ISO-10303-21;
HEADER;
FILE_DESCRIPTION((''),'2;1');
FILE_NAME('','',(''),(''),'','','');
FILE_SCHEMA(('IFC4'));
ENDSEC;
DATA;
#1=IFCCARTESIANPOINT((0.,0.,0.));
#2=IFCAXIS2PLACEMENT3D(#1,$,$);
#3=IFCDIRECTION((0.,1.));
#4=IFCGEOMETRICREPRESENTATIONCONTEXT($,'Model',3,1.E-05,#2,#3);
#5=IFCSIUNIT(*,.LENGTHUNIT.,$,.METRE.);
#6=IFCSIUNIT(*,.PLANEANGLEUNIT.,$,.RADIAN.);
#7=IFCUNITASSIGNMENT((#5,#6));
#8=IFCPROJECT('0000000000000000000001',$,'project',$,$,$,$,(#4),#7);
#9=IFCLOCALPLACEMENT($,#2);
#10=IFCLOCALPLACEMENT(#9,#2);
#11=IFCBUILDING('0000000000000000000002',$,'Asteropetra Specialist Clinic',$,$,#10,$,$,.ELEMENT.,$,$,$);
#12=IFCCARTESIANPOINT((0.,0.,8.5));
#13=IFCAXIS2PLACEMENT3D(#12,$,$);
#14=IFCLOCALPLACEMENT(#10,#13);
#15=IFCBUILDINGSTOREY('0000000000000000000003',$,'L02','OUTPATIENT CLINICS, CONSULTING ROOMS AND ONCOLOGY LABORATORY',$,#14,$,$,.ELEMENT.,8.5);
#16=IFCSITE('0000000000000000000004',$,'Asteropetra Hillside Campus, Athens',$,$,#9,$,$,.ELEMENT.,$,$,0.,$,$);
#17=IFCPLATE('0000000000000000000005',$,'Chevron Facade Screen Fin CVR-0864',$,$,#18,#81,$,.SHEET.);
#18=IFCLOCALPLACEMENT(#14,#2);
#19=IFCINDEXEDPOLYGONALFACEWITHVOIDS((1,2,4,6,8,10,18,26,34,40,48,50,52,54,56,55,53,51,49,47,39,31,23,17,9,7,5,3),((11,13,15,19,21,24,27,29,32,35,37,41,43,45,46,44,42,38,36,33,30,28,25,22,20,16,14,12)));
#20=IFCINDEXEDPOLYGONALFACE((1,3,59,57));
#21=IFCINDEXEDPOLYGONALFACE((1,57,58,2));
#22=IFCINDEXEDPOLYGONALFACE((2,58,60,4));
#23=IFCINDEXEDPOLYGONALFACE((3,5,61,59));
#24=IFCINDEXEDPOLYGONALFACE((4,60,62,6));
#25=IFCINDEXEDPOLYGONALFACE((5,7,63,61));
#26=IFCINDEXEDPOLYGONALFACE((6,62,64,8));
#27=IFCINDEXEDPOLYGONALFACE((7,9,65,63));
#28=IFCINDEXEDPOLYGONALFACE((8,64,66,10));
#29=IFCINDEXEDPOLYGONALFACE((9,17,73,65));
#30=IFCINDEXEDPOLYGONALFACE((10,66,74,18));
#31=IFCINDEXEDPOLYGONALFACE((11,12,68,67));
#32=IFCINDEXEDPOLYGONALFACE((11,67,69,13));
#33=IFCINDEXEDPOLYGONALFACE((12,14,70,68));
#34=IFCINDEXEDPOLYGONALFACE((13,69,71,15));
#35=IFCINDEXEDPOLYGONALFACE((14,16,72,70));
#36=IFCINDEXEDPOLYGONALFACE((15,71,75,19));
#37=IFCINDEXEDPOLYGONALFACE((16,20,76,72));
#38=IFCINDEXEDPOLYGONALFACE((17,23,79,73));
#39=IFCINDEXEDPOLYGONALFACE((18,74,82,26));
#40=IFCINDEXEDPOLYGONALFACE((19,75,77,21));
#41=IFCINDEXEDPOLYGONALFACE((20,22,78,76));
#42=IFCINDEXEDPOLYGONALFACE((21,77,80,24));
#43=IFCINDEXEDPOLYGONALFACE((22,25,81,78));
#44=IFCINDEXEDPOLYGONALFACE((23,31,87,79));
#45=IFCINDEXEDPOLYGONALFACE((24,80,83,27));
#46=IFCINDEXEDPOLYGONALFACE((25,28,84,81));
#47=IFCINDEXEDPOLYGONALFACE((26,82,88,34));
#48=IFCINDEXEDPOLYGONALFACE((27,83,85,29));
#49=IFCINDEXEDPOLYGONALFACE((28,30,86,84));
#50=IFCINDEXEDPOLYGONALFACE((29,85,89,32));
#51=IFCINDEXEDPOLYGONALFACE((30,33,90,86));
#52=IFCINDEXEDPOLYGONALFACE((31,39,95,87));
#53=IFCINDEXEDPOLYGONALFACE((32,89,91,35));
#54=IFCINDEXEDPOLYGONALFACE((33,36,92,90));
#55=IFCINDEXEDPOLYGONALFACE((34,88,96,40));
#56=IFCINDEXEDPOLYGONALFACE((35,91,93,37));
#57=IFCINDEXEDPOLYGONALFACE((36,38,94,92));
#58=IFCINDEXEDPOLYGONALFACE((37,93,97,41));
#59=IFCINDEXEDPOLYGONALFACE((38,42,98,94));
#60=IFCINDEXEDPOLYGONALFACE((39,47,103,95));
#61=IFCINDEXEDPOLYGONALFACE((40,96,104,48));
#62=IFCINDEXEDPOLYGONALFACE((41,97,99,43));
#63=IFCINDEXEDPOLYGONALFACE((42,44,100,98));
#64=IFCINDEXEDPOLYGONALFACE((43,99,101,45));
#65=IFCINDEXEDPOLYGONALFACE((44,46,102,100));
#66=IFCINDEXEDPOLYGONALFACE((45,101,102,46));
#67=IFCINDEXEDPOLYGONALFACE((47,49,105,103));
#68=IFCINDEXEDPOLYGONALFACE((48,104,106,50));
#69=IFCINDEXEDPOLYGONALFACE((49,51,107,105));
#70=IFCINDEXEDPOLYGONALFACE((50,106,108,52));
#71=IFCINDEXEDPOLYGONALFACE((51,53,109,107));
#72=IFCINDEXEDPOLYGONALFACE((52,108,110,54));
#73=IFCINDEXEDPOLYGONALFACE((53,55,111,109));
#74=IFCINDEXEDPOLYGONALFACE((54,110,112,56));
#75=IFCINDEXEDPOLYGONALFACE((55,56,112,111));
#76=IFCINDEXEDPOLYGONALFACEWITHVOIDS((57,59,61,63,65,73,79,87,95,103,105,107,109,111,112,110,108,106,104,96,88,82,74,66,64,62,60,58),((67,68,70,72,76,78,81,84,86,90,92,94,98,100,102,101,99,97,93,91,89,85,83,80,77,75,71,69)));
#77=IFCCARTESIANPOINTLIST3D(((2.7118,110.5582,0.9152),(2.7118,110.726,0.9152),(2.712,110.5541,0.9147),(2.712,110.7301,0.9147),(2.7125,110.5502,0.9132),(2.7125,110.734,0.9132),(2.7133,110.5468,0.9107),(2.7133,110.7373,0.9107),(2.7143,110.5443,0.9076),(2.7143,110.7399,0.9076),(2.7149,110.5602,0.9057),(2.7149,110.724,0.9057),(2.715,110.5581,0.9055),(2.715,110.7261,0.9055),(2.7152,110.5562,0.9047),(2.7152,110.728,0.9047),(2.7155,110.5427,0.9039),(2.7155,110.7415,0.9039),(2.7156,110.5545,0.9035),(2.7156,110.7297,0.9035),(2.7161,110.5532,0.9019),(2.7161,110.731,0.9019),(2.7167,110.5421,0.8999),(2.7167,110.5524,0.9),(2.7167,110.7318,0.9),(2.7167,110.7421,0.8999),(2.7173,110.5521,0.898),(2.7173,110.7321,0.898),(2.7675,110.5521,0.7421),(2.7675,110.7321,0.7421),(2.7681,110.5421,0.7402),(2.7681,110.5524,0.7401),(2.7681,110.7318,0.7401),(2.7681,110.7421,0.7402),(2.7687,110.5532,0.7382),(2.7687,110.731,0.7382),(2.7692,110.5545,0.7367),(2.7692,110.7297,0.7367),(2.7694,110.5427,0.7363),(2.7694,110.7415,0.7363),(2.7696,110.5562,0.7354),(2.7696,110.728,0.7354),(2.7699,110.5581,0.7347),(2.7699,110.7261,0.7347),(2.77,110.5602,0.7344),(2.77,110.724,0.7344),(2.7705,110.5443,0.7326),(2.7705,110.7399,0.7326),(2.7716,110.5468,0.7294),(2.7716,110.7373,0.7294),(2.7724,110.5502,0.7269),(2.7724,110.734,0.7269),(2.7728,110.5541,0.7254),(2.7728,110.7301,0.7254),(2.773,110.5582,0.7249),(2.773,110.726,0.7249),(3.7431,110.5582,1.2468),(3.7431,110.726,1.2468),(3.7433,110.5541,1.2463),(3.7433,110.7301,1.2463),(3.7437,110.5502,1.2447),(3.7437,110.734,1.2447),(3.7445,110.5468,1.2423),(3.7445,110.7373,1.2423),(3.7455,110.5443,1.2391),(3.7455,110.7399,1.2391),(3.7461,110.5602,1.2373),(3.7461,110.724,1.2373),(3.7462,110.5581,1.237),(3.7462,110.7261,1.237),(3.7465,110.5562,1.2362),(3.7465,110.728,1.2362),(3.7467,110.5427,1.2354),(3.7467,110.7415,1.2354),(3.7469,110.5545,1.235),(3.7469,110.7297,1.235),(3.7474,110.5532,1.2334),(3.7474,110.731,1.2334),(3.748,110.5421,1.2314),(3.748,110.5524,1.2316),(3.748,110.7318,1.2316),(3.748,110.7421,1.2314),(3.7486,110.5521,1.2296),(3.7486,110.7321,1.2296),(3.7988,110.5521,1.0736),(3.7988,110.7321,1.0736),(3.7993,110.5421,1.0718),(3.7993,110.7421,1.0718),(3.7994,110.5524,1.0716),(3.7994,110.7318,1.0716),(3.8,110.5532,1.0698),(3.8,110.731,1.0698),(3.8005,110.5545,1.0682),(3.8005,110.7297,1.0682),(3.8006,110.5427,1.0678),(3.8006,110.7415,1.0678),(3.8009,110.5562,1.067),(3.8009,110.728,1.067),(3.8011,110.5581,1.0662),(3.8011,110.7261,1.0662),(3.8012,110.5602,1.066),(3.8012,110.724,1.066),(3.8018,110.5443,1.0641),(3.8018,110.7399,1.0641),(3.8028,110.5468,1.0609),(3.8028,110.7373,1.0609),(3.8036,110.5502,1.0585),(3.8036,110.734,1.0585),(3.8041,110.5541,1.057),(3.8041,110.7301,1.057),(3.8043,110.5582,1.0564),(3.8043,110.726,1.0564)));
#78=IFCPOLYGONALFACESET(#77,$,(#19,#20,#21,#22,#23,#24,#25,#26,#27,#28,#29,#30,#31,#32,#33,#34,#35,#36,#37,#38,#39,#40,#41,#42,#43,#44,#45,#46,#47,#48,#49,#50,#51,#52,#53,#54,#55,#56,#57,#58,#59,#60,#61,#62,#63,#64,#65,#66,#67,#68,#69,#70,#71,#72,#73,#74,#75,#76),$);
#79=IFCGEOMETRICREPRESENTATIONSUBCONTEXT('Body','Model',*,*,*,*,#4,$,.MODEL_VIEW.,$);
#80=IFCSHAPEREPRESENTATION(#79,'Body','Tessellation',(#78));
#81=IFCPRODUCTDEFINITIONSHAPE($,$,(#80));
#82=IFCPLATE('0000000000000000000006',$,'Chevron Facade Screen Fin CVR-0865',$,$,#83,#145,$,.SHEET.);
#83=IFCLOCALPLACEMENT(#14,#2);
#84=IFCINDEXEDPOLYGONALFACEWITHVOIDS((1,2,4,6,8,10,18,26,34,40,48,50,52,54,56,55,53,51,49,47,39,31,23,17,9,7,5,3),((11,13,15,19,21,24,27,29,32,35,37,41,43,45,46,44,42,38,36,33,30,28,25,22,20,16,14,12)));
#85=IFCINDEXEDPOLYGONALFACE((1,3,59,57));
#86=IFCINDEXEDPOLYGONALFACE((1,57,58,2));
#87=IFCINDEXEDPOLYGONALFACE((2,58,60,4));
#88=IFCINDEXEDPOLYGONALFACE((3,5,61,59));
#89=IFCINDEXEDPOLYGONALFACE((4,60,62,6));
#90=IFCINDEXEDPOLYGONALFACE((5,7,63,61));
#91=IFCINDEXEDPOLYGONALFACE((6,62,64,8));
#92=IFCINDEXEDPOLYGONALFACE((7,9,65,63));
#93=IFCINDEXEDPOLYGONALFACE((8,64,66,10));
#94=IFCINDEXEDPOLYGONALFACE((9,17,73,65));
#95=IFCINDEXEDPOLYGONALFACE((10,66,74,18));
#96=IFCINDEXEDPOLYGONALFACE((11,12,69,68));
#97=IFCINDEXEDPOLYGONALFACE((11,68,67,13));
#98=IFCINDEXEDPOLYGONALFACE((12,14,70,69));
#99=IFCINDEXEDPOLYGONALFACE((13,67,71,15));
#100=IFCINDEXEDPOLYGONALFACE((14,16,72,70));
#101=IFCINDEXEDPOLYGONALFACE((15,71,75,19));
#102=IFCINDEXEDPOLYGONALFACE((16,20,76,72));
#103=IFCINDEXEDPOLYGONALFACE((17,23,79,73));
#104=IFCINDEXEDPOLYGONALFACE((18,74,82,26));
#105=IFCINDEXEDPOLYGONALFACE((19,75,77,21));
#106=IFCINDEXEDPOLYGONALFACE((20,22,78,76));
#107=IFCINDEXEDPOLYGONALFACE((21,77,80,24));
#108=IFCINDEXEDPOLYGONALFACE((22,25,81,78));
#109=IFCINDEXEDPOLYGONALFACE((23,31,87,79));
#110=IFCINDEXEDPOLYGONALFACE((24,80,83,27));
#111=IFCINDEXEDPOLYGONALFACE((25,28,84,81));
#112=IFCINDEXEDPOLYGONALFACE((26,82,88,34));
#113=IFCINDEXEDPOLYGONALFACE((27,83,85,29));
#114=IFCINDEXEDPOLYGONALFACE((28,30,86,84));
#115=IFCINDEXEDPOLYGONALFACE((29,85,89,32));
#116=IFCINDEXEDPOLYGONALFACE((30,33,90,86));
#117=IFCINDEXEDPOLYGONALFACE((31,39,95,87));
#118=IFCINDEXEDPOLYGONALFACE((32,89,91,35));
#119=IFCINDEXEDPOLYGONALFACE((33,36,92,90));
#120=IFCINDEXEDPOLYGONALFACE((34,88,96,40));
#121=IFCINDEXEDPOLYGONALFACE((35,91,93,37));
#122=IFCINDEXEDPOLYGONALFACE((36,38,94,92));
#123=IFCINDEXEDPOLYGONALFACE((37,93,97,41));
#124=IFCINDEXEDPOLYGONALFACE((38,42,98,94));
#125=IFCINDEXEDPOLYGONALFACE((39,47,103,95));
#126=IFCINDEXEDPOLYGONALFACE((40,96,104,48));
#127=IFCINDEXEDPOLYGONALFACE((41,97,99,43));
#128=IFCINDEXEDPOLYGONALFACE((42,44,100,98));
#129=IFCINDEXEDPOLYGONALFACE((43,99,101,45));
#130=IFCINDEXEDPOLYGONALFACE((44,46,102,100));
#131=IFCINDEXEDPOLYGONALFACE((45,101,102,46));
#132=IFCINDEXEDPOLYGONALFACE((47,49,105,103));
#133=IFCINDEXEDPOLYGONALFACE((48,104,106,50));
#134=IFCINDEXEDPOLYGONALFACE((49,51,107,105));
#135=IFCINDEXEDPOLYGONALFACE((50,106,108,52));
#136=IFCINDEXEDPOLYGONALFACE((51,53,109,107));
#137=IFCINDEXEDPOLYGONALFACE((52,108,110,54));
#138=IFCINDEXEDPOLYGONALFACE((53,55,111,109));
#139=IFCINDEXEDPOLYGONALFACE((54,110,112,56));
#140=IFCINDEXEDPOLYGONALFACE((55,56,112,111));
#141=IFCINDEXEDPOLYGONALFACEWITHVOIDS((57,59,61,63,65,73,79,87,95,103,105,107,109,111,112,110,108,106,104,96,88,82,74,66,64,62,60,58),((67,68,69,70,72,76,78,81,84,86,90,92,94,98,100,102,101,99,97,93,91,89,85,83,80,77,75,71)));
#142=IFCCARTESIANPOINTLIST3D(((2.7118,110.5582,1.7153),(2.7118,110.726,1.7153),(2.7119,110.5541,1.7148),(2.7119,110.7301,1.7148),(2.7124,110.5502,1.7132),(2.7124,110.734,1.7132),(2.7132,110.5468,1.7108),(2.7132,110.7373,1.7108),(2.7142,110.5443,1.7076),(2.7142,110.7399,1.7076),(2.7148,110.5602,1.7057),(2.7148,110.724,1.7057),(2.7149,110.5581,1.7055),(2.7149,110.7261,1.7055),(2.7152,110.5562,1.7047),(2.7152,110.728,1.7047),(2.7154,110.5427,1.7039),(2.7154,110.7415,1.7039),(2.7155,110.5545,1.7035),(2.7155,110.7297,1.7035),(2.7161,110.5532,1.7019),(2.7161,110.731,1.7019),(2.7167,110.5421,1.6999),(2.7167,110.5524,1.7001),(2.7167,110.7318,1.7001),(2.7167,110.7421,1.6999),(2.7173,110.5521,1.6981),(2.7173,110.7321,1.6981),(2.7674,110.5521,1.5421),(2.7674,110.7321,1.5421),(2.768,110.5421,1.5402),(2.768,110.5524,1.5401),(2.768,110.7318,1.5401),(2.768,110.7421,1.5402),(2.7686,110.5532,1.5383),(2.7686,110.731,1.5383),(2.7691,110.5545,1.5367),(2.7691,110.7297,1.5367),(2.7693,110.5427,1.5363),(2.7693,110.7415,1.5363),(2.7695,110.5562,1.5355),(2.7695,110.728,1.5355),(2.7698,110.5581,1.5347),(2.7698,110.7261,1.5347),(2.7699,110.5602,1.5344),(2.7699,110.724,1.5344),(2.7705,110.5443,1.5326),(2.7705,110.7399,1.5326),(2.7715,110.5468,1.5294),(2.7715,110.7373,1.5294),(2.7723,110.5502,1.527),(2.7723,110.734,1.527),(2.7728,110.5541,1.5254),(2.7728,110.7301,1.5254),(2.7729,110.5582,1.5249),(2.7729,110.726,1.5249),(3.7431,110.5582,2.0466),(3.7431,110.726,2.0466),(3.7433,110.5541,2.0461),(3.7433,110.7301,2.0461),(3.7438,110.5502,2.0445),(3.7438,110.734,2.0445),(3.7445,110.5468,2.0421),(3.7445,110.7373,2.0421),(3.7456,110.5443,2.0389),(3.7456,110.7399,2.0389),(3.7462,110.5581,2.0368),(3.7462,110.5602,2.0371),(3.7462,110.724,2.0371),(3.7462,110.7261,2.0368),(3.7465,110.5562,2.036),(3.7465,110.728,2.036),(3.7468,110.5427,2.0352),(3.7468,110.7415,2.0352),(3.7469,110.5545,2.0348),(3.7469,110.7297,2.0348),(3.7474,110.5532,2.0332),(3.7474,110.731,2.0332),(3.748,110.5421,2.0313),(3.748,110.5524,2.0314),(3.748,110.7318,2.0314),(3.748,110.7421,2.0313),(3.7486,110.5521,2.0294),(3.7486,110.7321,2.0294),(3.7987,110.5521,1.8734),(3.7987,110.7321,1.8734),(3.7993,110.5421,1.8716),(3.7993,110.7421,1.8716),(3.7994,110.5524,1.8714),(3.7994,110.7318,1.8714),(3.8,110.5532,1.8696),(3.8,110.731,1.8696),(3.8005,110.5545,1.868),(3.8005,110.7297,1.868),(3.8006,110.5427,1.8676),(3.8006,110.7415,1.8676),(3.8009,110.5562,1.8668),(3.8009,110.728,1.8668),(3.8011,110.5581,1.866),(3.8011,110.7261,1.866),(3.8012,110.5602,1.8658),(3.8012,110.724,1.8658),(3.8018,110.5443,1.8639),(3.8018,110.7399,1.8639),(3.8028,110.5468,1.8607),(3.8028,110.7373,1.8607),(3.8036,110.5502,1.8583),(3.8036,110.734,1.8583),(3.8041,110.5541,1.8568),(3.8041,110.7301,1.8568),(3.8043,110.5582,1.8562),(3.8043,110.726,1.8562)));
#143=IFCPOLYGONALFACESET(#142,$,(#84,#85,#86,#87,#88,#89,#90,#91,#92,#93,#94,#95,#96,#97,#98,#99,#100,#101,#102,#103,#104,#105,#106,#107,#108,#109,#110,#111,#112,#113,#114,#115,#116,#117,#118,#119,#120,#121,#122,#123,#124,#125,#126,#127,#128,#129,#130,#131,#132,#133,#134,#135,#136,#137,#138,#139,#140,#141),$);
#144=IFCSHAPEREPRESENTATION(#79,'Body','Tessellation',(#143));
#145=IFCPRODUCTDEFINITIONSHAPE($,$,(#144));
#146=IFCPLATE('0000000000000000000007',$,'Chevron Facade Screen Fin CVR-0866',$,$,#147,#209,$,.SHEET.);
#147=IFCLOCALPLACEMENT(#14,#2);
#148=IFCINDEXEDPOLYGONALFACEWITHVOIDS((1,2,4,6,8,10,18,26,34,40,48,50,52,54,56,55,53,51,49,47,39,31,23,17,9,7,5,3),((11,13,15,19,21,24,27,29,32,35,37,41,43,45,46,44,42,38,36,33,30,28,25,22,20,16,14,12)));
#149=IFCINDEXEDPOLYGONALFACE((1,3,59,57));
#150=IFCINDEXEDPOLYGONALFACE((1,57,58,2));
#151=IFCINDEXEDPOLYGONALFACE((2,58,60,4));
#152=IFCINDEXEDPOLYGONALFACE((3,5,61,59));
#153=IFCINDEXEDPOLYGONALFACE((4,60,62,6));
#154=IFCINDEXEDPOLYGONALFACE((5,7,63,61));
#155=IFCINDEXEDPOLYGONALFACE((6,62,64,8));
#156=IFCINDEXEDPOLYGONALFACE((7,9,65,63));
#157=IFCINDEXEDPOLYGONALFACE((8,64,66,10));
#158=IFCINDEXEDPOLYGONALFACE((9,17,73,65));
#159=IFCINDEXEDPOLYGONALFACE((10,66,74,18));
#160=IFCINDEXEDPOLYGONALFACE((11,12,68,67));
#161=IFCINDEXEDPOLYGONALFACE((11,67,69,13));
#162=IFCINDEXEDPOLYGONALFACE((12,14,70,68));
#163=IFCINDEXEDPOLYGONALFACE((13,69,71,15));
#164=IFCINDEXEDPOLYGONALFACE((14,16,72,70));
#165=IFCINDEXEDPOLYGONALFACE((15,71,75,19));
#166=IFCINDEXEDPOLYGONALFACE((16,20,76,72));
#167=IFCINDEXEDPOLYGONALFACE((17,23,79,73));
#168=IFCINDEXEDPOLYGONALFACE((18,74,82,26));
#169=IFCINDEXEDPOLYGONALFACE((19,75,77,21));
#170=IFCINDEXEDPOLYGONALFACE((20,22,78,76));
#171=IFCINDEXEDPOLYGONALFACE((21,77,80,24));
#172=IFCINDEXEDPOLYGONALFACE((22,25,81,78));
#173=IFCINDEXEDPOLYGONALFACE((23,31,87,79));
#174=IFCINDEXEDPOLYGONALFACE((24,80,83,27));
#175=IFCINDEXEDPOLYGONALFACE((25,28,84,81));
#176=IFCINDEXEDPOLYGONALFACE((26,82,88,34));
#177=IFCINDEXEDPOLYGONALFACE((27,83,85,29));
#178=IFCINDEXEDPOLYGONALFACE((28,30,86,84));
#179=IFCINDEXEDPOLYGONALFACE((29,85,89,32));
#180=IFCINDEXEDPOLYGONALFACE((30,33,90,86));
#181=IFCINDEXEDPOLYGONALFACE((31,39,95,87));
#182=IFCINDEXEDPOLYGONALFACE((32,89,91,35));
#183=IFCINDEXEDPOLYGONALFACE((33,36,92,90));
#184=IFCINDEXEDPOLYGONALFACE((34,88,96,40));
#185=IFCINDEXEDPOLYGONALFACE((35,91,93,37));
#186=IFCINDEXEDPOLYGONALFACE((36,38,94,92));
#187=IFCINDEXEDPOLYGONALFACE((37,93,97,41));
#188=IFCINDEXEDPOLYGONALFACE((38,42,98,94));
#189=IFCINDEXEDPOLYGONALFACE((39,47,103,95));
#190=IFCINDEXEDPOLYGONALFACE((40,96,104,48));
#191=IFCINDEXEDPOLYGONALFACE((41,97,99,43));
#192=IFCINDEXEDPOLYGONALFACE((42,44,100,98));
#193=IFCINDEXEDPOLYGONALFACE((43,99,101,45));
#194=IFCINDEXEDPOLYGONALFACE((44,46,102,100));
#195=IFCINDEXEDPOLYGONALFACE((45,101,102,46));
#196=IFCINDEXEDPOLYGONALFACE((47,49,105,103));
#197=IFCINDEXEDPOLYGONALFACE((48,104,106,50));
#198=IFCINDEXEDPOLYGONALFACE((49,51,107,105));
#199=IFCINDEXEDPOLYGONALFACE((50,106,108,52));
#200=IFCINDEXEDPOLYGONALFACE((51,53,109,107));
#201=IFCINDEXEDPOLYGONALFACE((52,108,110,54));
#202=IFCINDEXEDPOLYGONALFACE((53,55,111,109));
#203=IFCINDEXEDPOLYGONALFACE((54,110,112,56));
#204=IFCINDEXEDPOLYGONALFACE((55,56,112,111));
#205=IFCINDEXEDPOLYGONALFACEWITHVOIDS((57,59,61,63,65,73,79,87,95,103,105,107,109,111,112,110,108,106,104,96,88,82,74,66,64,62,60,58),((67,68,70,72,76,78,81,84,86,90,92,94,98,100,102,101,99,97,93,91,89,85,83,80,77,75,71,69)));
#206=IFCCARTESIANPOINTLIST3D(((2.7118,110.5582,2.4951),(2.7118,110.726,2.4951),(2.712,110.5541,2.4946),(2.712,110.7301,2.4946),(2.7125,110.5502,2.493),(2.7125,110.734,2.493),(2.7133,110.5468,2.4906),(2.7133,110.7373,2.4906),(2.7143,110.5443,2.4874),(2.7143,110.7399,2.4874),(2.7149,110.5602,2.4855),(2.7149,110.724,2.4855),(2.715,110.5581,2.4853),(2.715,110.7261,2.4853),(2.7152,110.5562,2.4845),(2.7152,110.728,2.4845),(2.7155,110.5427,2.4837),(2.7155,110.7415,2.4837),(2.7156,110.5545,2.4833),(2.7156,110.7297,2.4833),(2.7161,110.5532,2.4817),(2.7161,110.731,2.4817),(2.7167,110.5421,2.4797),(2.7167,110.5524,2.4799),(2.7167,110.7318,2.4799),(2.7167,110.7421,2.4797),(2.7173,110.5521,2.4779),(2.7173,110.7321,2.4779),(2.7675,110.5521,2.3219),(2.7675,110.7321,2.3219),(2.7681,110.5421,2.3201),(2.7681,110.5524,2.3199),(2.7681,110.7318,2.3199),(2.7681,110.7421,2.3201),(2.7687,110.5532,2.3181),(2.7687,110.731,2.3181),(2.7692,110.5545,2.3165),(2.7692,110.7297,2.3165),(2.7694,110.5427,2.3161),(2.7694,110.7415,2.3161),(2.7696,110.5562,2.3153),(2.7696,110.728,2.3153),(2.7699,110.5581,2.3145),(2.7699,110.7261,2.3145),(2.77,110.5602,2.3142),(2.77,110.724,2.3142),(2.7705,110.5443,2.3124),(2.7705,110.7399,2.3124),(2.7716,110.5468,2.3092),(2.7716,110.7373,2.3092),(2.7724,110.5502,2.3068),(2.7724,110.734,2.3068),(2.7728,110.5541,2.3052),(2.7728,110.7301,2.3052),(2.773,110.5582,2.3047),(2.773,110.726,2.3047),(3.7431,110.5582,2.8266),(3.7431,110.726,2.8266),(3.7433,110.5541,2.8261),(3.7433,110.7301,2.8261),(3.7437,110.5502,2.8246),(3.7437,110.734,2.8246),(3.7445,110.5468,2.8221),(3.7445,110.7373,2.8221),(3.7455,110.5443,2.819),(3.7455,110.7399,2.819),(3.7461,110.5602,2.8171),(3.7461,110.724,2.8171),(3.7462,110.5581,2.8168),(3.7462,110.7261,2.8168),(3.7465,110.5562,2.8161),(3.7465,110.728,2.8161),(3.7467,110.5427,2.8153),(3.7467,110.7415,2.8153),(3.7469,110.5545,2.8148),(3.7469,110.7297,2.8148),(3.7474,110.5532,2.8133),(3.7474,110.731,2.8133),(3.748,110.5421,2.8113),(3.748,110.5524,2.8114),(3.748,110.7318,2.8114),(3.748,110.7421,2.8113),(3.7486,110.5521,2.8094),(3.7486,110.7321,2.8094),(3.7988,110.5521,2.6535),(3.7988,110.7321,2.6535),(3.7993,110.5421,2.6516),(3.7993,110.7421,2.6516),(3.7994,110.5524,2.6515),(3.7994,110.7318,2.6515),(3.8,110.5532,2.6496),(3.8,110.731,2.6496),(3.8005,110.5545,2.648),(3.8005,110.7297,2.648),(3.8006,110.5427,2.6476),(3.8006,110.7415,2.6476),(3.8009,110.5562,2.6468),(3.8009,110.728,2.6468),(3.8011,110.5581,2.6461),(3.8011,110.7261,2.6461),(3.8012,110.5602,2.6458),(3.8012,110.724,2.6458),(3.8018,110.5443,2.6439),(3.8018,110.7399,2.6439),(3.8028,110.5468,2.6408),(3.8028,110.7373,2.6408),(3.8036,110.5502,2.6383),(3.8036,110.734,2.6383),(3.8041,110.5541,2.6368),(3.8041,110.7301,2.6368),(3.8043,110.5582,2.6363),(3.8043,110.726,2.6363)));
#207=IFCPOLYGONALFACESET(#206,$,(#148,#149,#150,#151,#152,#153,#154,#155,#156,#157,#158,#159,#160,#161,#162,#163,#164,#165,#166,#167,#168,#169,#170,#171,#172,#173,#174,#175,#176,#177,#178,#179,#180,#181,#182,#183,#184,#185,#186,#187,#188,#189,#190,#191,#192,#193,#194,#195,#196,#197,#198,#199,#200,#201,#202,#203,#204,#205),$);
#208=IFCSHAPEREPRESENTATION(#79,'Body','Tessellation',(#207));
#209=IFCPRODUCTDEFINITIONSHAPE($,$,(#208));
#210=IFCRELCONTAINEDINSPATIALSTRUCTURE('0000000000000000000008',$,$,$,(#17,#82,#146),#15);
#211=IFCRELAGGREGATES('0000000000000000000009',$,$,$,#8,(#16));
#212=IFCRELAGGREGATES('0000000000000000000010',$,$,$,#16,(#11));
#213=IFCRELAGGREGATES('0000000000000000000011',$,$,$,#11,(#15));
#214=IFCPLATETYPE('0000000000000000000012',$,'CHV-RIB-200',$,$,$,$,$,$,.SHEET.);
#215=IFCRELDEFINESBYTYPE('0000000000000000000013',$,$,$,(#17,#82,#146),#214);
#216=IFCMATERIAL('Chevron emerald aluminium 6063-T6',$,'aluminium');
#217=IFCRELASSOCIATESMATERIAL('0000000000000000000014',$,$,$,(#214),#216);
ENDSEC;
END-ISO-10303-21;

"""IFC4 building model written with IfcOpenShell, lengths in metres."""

from ifc_helpers import new_model, si_unit, direction, frame, origin, origin_2d, place, context, subcontext, project, spatial, hollow_rectangle, extrude, material, material_profile, profile_set, type_object, element, save


model = new_model("IFC4")

# Units and contexts
model_context = context("Model", 3, precision=1e-05, world=origin(), true_north=direction((0.0, 1.0)))
body_context = subcontext(model_context, "Body", "Model", "MODEL_VIEW")
ifc_project = project(units=[si_unit("LENGTHUNIT", "METRE"), si_unit("PLANEANGLEUNIT", "RADIAN")], contexts=[model_context])

# Site, building, storey
site_placement = place(None, origin())
site = spatial("IfcSite", under=ifc_project, at=site_placement, Name="Asteropetra Hillside Campus, Athens", CompositionType="ELEMENT", RefElevation=0.0)
building_placement = place(site_placement, origin())
building = spatial("IfcBuilding", under=site, at=building_placement, Name="Asteropetra Specialist Clinic", CompositionType="ELEMENT")
storey_placement = place(building_placement, frame((0.0, 0.0, 8.5)))
storey = spatial("IfcBuildingStorey", under=building, at=storey_placement, Name="L02", Description="OUTPATIENT CLINICS, CONSULTING ROOMS AND ONCOLOGY LABORATORY", CompositionType="ELEMENT", Elevation=8.5)

# Plates
ifc_material_1 = material(Name="Chevron emerald aluminium 6063-T6", Category="aluminium")
ifc_material_profile_1 = material_profile(ifc_material_1, hollow_rectangle(XDim=0.2, YDim=0.2, WallThickness=0.01, InnerFilletRadius=0.0081, OuterFilletRadius=0.0161, at=origin_2d()), Name="SHS 200x200x10.0")
ifc_profile_set_1 = profile_set([ifc_material_profile_1], Name="Chevron emerald aluminium 6063-T6")
plate_type_1 = type_object("IfcPlateType", Name="CHV-RIB-200", PredefinedType="SHEET", material=ifc_profile_set_1)
for number, where, z_axis, x_axis, name in (
    (1, (3.7737, 110.6421, 1.1516), (-0.95201, 0.0, -0.306068), (0.0, -1.0, 0.0), "Chevron Facade Screen Fin CVR-0864"),
    (2, (3.7737, 110.6421, 1.9514), (-0.952075, 0.0, -0.305863), (0.0, -1.0, 0.0), "Chevron Facade Screen Fin CVR-0865"),
    (3, (3.7737, 110.6421, 2.7314), (-0.95201, 0.0, -0.306068), (0.0, -1.0, 0.0), "Chevron Facade Screen Fin CVR-0866"),
):
    element("IfcPlate", number, at=place(storey_placement, frame(where, z_axis=z_axis, x_axis=x_axis)), inside=storey, type_object=plate_type_1, Name=name, PredefinedType="SHEET", context=body_context, shape_type="SweptSolid", body=[
        extrude(hollow_rectangle(XDim=0.2, YDim=0.2, WallThickness=0.01, InnerFilletRadius=0.0081, OuterFilletRadius=0.0161, at=origin_2d()), origin(), (0.0, 0.0, 1.0), 1.0833),
    ])

save(model, "model.ifc")
